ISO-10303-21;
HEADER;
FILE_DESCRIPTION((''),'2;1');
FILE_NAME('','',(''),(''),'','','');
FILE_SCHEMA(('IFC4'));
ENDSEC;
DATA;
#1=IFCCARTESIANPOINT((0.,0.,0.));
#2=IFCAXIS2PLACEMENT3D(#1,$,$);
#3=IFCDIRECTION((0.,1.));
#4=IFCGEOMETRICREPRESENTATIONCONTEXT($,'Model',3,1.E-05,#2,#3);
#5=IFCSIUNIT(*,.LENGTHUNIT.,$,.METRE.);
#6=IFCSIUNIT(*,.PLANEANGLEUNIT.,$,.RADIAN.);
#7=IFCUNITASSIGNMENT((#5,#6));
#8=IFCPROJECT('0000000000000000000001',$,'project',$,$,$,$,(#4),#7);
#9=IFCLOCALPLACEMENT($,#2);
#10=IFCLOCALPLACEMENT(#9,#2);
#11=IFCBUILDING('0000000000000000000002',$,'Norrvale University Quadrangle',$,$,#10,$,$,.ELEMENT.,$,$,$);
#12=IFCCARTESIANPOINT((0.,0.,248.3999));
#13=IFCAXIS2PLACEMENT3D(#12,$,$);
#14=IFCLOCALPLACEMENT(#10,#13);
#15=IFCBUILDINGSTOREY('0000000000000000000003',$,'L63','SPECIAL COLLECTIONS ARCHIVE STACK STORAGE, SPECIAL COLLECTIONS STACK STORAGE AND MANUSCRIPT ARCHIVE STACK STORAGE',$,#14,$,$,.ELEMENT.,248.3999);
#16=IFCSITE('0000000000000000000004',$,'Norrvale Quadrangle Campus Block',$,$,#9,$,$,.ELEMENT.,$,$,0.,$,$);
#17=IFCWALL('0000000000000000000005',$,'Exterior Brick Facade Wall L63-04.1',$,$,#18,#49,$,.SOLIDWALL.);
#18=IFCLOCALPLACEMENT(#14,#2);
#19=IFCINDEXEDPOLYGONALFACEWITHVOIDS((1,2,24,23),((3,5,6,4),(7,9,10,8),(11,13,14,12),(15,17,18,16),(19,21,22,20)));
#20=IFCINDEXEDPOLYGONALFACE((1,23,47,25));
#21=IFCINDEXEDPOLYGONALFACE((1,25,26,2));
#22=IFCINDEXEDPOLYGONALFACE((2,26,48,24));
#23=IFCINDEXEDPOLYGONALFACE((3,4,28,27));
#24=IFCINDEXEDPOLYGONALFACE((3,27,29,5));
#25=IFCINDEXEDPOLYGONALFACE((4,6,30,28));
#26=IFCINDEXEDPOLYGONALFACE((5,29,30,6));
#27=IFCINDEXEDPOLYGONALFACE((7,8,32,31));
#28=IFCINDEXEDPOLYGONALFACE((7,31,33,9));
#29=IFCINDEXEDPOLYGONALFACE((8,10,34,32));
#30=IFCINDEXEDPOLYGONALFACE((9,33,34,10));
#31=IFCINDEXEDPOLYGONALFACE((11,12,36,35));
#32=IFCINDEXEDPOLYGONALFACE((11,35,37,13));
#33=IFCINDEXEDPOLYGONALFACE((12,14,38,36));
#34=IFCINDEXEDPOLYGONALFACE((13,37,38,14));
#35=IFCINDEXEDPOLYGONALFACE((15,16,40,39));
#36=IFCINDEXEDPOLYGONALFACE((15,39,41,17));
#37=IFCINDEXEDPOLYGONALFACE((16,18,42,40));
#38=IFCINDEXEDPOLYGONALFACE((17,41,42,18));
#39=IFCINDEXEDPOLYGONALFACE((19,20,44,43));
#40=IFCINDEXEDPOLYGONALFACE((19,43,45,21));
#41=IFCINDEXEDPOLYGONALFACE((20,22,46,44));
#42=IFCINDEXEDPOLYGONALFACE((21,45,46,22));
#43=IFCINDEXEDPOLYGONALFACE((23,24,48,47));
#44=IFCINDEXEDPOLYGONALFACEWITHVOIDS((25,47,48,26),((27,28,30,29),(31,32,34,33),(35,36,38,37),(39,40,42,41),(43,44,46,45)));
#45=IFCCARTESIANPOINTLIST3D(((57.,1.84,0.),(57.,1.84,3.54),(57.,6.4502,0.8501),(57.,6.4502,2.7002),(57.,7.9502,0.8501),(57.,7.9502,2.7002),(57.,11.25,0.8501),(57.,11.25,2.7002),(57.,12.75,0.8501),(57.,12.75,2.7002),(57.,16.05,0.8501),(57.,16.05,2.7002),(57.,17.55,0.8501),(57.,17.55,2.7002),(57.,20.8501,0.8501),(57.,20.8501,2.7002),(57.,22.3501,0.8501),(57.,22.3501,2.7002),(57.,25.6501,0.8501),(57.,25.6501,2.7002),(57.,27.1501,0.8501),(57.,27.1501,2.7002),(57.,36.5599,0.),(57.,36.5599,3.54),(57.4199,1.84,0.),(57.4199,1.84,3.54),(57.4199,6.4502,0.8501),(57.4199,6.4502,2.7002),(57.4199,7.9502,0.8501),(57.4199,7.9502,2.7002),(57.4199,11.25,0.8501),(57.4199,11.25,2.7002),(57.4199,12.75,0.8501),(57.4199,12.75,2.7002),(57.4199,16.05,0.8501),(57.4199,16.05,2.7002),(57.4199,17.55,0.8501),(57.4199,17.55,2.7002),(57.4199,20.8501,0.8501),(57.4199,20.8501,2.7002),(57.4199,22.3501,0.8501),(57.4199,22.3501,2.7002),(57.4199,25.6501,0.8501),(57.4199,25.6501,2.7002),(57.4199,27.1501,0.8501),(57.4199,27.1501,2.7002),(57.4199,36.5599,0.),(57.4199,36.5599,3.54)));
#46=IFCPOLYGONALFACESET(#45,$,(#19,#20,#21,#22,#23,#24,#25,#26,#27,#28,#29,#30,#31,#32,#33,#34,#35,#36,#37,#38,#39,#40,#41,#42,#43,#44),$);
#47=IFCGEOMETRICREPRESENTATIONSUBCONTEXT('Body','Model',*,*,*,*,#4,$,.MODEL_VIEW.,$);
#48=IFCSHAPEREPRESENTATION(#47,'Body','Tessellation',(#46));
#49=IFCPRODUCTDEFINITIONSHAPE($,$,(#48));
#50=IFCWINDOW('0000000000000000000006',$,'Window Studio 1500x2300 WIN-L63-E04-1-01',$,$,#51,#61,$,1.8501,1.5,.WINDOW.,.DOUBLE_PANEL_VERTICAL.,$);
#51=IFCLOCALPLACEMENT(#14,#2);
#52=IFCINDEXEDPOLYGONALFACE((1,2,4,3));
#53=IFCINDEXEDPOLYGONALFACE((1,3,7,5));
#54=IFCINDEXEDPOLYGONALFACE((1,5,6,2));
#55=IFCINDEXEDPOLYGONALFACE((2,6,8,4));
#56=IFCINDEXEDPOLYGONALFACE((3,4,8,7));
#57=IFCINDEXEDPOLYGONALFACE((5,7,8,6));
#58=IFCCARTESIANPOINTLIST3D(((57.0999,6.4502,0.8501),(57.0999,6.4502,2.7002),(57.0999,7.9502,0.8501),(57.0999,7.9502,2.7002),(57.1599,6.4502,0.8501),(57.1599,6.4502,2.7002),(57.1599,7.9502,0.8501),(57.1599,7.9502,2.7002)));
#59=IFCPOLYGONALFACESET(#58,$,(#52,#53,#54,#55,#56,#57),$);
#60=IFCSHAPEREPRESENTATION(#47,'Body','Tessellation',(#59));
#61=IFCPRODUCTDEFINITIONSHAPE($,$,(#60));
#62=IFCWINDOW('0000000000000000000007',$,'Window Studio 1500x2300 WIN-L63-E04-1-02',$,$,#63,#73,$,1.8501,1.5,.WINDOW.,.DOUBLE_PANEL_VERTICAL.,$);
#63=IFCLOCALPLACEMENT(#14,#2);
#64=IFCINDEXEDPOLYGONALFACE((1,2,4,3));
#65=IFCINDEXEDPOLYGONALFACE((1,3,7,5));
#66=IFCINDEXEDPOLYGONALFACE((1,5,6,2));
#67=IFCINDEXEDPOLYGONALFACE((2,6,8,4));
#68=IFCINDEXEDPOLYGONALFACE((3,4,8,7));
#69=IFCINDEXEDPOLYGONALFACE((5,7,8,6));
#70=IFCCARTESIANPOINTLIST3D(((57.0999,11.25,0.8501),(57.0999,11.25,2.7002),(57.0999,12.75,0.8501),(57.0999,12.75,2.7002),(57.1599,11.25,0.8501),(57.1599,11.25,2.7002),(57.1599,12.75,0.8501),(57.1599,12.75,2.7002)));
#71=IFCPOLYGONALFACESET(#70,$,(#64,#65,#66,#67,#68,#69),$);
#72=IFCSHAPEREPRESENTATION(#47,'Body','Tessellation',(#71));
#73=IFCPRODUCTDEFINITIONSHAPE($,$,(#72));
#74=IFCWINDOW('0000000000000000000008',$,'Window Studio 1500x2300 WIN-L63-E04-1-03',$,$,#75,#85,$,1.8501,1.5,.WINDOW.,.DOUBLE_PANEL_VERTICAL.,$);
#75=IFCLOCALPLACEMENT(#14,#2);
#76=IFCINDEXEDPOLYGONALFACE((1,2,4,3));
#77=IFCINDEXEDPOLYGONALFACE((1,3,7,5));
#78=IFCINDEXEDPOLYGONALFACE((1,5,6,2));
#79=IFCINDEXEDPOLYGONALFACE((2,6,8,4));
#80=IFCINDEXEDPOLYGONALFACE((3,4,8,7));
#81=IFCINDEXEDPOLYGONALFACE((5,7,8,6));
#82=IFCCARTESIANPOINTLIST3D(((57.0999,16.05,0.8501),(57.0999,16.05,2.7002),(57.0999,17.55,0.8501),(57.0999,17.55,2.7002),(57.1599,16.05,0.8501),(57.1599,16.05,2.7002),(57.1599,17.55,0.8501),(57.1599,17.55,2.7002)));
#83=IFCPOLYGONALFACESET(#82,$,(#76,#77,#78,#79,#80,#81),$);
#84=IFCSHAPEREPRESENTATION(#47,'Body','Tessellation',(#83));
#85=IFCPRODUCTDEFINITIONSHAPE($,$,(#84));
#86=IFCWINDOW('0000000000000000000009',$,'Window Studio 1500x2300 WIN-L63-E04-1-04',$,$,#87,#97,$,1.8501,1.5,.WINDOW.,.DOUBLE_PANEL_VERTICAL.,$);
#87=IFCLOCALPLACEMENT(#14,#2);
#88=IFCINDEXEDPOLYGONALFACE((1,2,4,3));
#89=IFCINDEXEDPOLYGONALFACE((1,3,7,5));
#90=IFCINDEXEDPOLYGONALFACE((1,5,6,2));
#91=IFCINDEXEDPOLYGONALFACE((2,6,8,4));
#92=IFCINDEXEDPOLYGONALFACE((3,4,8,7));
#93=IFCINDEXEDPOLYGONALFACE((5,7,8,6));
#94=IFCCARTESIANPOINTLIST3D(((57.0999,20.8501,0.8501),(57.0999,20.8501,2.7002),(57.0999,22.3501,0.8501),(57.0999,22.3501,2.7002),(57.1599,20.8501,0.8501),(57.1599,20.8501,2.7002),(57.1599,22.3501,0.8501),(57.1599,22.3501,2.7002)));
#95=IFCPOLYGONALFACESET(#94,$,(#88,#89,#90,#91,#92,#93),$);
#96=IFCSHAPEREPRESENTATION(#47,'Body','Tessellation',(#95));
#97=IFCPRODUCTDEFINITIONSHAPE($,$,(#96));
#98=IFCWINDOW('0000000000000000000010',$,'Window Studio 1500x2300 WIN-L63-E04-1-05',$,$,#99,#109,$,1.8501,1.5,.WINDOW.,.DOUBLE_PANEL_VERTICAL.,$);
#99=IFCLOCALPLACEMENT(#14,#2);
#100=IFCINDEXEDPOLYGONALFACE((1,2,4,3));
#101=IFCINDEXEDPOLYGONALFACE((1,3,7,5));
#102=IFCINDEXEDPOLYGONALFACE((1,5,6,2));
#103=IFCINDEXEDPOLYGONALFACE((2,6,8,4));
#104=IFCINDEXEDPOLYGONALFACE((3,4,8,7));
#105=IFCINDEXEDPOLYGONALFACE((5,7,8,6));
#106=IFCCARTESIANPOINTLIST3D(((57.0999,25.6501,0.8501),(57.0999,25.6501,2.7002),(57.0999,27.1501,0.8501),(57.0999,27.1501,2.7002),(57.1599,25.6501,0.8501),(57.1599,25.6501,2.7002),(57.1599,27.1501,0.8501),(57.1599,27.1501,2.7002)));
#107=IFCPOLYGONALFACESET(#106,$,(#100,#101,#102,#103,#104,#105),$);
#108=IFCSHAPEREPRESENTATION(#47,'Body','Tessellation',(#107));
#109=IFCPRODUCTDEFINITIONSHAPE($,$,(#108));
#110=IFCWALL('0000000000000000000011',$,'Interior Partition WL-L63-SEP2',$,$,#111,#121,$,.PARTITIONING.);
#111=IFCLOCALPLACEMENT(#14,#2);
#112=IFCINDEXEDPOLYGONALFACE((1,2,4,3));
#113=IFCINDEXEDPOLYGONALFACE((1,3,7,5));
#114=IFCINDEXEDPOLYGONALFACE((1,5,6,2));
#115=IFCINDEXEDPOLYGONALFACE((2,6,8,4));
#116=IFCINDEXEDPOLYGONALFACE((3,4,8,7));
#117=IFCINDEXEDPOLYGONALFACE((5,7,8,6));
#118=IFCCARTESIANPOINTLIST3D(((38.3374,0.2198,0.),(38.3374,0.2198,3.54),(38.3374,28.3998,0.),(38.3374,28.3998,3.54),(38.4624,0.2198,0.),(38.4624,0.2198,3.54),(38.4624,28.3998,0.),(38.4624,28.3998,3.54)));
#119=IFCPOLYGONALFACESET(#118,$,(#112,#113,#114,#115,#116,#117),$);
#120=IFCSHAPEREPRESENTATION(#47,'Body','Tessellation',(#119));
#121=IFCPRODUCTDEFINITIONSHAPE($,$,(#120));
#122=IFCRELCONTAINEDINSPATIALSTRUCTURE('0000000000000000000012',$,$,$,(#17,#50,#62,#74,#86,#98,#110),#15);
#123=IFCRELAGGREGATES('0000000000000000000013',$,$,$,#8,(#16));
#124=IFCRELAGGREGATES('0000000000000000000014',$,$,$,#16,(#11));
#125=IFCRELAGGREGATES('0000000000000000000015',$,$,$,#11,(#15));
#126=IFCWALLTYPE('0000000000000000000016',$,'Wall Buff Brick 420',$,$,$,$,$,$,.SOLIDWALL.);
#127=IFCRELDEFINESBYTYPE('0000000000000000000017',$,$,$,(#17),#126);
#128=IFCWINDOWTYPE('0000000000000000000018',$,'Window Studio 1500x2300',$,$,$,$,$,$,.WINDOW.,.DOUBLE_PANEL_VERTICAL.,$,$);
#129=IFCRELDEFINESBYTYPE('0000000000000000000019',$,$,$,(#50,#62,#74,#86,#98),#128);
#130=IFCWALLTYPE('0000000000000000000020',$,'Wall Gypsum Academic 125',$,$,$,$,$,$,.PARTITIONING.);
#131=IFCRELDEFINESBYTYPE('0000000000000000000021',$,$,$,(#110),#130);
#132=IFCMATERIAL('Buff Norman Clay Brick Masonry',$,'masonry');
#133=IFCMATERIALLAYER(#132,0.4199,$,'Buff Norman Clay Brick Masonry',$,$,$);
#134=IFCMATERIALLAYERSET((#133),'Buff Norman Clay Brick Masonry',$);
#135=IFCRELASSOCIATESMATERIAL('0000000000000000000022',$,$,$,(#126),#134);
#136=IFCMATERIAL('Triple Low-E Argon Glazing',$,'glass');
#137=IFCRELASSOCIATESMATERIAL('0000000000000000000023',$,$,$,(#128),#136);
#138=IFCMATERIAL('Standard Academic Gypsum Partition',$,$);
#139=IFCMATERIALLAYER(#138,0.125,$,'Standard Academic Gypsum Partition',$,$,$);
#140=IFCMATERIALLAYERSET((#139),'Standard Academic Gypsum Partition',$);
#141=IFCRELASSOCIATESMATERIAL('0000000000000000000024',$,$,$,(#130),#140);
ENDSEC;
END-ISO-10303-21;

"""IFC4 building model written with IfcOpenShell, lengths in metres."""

from ifc_helpers import new_model, si_unit, direction, frame, frame_2d, origin, place, context, subcontext, project, spatial, rectangle, extrude, material, layer, layer_set, type_object, element, fill, save


model = new_model("IFC4")

# Units and contexts
model_context = context("Model", 3, precision=1e-05, world=origin(), true_north=direction((0.0, 1.0)))
body_context = subcontext(model_context, "Body", "Model", "MODEL_VIEW")
ifc_project = project(units=[si_unit("LENGTHUNIT", "METRE"), si_unit("PLANEANGLEUNIT", "RADIAN")], contexts=[model_context])

# Site, building, storey
site_placement = place(None, origin())
site = spatial("IfcSite", under=ifc_project, at=site_placement, Name="Norrvale Quadrangle Campus Block", CompositionType="ELEMENT", RefElevation=0.0)
building_placement = place(site_placement, origin())
building = spatial("IfcBuilding", under=site, at=building_placement, Name="Norrvale University Quadrangle", CompositionType="ELEMENT")
storey_placement = place(building_placement, frame((0.0, 0.0, 248.3999)))
storey = spatial("IfcBuildingStorey", under=building, at=storey_placement, Name="L63", Description="SPECIAL COLLECTIONS ARCHIVE STACK STORAGE, SPECIAL COLLECTIONS STACK STORAGE AND MANUSCRIPT ARCHIVE STACK STORAGE", CompositionType="ELEMENT", Elevation=248.3999)

# Shared definitions
ifc_material_1 = material(Name="Buff Norman Clay Brick Masonry", Category="masonry")
ifc_layer_1 = layer(ifc_material_1, 0.4199, Name="Buff Norman Clay Brick Masonry")
ifc_layer_set_1 = layer_set([ifc_layer_1], Name="Buff Norman Clay Brick Masonry")
wall_type_1 = type_object("IfcWallType", Name="Wall Buff Brick 420", PredefinedType="SOLIDWALL", material=ifc_layer_set_1)

# Wall, openings, windows
wall_1_placement = place(storey_placement, frame((57.21, 1.8401, 0.0), z_axis=(0.0, 0.0, 1.0), x_axis=(0.0, 1.0, 0.0)))
wall_1 = element("IfcWall", 1, at=wall_1_placement, inside=storey, type_object=wall_type_1, Name="Exterior Brick Facade Wall L63-04.1", PredefinedType="SOLIDWALL", context=body_context, shape_type="SweptSolid", body=[
    extrude(rectangle(XDim=34.72, YDim=0.4199, at=frame_2d((17.3599, 0.0))), origin(), (0.0, 0.0, 1.0), 3.54),
])
opening_1_placement = place(wall_1_placement, frame((4.6101, 0.0, 0.8501)))
opening_1 = element("IfcOpeningElement", 2, at=opening_1_placement, cuts=wall_1, PredefinedType="OPENING", context=body_context, shape_type="SweptSolid", body=[
    extrude(rectangle(XDim=1.5, YDim=1.8501, at=frame_2d((0.75, 0.925))), frame((0.0, 0.2219, 0.0), z_axis=(0.0, -1.0, 0.0), x_axis=(1.0, 0.0, 0.0)), (0.0, 0.0, 1.0), 0.4438),
])
opening_2_placement = place(wall_1_placement, frame((9.4099, 0.0, 0.8501)))
opening_2 = element("IfcOpeningElement", 3, at=opening_2_placement, cuts=wall_1, PredefinedType="OPENING", context=body_context, shape_type="SweptSolid", body=[
    extrude(rectangle(XDim=1.5, YDim=1.8501, at=frame_2d((0.75, 0.925))), frame((0.0, 0.2219, 0.0), z_axis=(0.0, -1.0, 0.0), x_axis=(1.0, 0.0, 0.0)), (0.0, 0.0, 1.0), 0.4438),
])
opening_3_placement = place(wall_1_placement, frame((14.21, 0.0, 0.8501)))
opening_3 = element("IfcOpeningElement", 4, at=opening_3_placement, cuts=wall_1, PredefinedType="OPENING", context=body_context, shape_type="SweptSolid", body=[
    extrude(rectangle(XDim=1.5, YDim=1.8501, at=frame_2d((0.75, 0.925))), frame((0.0, 0.2219, 0.0), z_axis=(0.0, -1.0, 0.0), x_axis=(1.0, 0.0, 0.0)), (0.0, 0.0, 1.0), 0.4438),
])
opening_4_placement = place(wall_1_placement, frame((19.01, 0.0, 0.8501)))
opening_4 = element("IfcOpeningElement", 5, at=opening_4_placement, cuts=wall_1, PredefinedType="OPENING", context=body_context, shape_type="SweptSolid", body=[
    extrude(rectangle(XDim=1.5, YDim=1.8501, at=frame_2d((0.75, 0.925))), frame((0.0, 0.2219, 0.0), z_axis=(0.0, -1.0, 0.0), x_axis=(1.0, 0.0, 0.0)), (0.0, 0.0, 1.0), 0.4438),
])
opening_5_placement = place(wall_1_placement, frame((23.8101, 0.0, 0.8501)))
opening_5 = element("IfcOpeningElement", 6, at=opening_5_placement, cuts=wall_1, PredefinedType="OPENING", context=body_context, shape_type="SweptSolid", body=[
    extrude(rectangle(XDim=1.5, YDim=1.8501, at=frame_2d((0.75, 0.925))), frame((0.0, 0.2219, 0.0), z_axis=(0.0, -1.0, 0.0), x_axis=(1.0, 0.0, 0.0)), (0.0, 0.0, 1.0), 0.4438),
])
ifc_material_2 = material(Name="Triple Low-E Argon Glazing", Category="glass")
window_type = type_object("IfcWindowType", Name="Window Studio 1500x2300", PartitioningType="DOUBLE_PANEL_VERTICAL", PredefinedType="WINDOW", material=ifc_material_2)
window_1_placement = place(opening_1_placement, origin())
window_1 = element("IfcWindow", 7, at=window_1_placement, inside=storey, type_object=window_type, Name="Window Studio 1500x2300 WIN-L63-E04-1-01", OverallHeight=1.8501, OverallWidth=1.5, PartitioningType="DOUBLE_PANEL_VERTICAL", PredefinedType="WINDOW", context=body_context, shape_type="SweptSolid", body=[
    extrude(rectangle(XDim=1.5, YDim=1.8501, at=frame_2d((0.75, 0.925))), frame((0.0, 0.1101, 0.0), z_axis=(0.0, -1.0, 0.0), x_axis=(1.0, 0.0, 0.0)), (0.0, 0.0, 1.0), 0.0601),
])
fill(opening_1, window_1)
window_2_placement = place(opening_2_placement, origin())
window_2 = element("IfcWindow", 8, at=window_2_placement, inside=storey, type_object=window_type, Name="Window Studio 1500x2300 WIN-L63-E04-1-02", OverallHeight=1.8501, OverallWidth=1.5, PartitioningType="DOUBLE_PANEL_VERTICAL", PredefinedType="WINDOW", context=body_context, shape_type="SweptSolid", body=[
    extrude(rectangle(XDim=1.5, YDim=1.8501, at=frame_2d((0.75, 0.925))), frame((0.0, 0.1101, 0.0), z_axis=(0.0, -1.0, 0.0), x_axis=(1.0, 0.0, 0.0)), (0.0, 0.0, 1.0), 0.0601),
])
fill(opening_2, window_2)
window_3_placement = place(opening_3_placement, origin())
window_3 = element("IfcWindow", 9, at=window_3_placement, inside=storey, type_object=window_type, Name="Window Studio 1500x2300 WIN-L63-E04-1-03", OverallHeight=1.8501, OverallWidth=1.5, PartitioningType="DOUBLE_PANEL_VERTICAL", PredefinedType="WINDOW", context=body_context, shape_type="SweptSolid", body=[
    extrude(rectangle(XDim=1.5, YDim=1.8501, at=frame_2d((0.75, 0.925))), frame((0.0, 0.1101, 0.0), z_axis=(0.0, -1.0, 0.0), x_axis=(1.0, 0.0, 0.0)), (0.0, 0.0, 1.0), 0.0601),
])
fill(opening_3, window_3)
window_4_placement = place(opening_4_placement, origin())
window_4 = element("IfcWindow", 10, at=window_4_placement, inside=storey, type_object=window_type, Name="Window Studio 1500x2300 WIN-L63-E04-1-04", OverallHeight=1.8501, OverallWidth=1.5, PartitioningType="DOUBLE_PANEL_VERTICAL", PredefinedType="WINDOW", context=body_context, shape_type="SweptSolid", body=[
    extrude(rectangle(XDim=1.5, YDim=1.8501, at=frame_2d((0.75, 0.925))), frame((0.0, 0.1101, 0.0), z_axis=(0.0, -1.0, 0.0), x_axis=(1.0, 0.0, 0.0)), (0.0, 0.0, 1.0), 0.0601),
])
fill(opening_4, window_4)
window_5_placement = place(opening_5_placement, origin())
window_5 = element("IfcWindow", 11, at=window_5_placement, inside=storey, type_object=window_type, Name="Window Studio 1500x2300 WIN-L63-E04-1-05", OverallHeight=1.8501, OverallWidth=1.5, PartitioningType="DOUBLE_PANEL_VERTICAL", PredefinedType="WINDOW", context=body_context, shape_type="SweptSolid", body=[
    extrude(rectangle(XDim=1.5, YDim=1.8501, at=frame_2d((0.75, 0.925))), frame((0.0, 0.1101, 0.0), z_axis=(0.0, -1.0, 0.0), x_axis=(1.0, 0.0, 0.0)), (0.0, 0.0, 1.0), 0.0601),
])
fill(opening_5, window_5)

# Wall
ifc_material_3 = material(Name="Standard Academic Gypsum Partition")
ifc_layer_2 = layer(ifc_material_3, 0.125, Name="Standard Academic Gypsum Partition")
ifc_layer_set_2 = layer_set([ifc_layer_2], Name="Standard Academic Gypsum Partition")
wall_type_2 = type_object("IfcWallType", Name="Wall Gypsum Academic 125", PredefinedType="PARTITIONING", material=ifc_layer_set_2)
wall_2_placement = place(storey_placement, frame((38.3999, 0.22, 0.0), z_axis=(0.0, 0.0, 1.0), x_axis=(0.0, 1.0, 0.0)))
element("IfcWall", 12, at=wall_2_placement, inside=storey, type_object=wall_type_2, Name="Interior Partition WL-L63-SEP2", PredefinedType="PARTITIONING", context=body_context, shape_type="SweptSolid", body=[
    extrude(rectangle(XDim=28.1799, YDim=0.125, at=frame_2d((14.0898, 0.0))), origin(), (0.0, 0.0, 1.0), 3.54),
])

save(model, "model.ifc")
